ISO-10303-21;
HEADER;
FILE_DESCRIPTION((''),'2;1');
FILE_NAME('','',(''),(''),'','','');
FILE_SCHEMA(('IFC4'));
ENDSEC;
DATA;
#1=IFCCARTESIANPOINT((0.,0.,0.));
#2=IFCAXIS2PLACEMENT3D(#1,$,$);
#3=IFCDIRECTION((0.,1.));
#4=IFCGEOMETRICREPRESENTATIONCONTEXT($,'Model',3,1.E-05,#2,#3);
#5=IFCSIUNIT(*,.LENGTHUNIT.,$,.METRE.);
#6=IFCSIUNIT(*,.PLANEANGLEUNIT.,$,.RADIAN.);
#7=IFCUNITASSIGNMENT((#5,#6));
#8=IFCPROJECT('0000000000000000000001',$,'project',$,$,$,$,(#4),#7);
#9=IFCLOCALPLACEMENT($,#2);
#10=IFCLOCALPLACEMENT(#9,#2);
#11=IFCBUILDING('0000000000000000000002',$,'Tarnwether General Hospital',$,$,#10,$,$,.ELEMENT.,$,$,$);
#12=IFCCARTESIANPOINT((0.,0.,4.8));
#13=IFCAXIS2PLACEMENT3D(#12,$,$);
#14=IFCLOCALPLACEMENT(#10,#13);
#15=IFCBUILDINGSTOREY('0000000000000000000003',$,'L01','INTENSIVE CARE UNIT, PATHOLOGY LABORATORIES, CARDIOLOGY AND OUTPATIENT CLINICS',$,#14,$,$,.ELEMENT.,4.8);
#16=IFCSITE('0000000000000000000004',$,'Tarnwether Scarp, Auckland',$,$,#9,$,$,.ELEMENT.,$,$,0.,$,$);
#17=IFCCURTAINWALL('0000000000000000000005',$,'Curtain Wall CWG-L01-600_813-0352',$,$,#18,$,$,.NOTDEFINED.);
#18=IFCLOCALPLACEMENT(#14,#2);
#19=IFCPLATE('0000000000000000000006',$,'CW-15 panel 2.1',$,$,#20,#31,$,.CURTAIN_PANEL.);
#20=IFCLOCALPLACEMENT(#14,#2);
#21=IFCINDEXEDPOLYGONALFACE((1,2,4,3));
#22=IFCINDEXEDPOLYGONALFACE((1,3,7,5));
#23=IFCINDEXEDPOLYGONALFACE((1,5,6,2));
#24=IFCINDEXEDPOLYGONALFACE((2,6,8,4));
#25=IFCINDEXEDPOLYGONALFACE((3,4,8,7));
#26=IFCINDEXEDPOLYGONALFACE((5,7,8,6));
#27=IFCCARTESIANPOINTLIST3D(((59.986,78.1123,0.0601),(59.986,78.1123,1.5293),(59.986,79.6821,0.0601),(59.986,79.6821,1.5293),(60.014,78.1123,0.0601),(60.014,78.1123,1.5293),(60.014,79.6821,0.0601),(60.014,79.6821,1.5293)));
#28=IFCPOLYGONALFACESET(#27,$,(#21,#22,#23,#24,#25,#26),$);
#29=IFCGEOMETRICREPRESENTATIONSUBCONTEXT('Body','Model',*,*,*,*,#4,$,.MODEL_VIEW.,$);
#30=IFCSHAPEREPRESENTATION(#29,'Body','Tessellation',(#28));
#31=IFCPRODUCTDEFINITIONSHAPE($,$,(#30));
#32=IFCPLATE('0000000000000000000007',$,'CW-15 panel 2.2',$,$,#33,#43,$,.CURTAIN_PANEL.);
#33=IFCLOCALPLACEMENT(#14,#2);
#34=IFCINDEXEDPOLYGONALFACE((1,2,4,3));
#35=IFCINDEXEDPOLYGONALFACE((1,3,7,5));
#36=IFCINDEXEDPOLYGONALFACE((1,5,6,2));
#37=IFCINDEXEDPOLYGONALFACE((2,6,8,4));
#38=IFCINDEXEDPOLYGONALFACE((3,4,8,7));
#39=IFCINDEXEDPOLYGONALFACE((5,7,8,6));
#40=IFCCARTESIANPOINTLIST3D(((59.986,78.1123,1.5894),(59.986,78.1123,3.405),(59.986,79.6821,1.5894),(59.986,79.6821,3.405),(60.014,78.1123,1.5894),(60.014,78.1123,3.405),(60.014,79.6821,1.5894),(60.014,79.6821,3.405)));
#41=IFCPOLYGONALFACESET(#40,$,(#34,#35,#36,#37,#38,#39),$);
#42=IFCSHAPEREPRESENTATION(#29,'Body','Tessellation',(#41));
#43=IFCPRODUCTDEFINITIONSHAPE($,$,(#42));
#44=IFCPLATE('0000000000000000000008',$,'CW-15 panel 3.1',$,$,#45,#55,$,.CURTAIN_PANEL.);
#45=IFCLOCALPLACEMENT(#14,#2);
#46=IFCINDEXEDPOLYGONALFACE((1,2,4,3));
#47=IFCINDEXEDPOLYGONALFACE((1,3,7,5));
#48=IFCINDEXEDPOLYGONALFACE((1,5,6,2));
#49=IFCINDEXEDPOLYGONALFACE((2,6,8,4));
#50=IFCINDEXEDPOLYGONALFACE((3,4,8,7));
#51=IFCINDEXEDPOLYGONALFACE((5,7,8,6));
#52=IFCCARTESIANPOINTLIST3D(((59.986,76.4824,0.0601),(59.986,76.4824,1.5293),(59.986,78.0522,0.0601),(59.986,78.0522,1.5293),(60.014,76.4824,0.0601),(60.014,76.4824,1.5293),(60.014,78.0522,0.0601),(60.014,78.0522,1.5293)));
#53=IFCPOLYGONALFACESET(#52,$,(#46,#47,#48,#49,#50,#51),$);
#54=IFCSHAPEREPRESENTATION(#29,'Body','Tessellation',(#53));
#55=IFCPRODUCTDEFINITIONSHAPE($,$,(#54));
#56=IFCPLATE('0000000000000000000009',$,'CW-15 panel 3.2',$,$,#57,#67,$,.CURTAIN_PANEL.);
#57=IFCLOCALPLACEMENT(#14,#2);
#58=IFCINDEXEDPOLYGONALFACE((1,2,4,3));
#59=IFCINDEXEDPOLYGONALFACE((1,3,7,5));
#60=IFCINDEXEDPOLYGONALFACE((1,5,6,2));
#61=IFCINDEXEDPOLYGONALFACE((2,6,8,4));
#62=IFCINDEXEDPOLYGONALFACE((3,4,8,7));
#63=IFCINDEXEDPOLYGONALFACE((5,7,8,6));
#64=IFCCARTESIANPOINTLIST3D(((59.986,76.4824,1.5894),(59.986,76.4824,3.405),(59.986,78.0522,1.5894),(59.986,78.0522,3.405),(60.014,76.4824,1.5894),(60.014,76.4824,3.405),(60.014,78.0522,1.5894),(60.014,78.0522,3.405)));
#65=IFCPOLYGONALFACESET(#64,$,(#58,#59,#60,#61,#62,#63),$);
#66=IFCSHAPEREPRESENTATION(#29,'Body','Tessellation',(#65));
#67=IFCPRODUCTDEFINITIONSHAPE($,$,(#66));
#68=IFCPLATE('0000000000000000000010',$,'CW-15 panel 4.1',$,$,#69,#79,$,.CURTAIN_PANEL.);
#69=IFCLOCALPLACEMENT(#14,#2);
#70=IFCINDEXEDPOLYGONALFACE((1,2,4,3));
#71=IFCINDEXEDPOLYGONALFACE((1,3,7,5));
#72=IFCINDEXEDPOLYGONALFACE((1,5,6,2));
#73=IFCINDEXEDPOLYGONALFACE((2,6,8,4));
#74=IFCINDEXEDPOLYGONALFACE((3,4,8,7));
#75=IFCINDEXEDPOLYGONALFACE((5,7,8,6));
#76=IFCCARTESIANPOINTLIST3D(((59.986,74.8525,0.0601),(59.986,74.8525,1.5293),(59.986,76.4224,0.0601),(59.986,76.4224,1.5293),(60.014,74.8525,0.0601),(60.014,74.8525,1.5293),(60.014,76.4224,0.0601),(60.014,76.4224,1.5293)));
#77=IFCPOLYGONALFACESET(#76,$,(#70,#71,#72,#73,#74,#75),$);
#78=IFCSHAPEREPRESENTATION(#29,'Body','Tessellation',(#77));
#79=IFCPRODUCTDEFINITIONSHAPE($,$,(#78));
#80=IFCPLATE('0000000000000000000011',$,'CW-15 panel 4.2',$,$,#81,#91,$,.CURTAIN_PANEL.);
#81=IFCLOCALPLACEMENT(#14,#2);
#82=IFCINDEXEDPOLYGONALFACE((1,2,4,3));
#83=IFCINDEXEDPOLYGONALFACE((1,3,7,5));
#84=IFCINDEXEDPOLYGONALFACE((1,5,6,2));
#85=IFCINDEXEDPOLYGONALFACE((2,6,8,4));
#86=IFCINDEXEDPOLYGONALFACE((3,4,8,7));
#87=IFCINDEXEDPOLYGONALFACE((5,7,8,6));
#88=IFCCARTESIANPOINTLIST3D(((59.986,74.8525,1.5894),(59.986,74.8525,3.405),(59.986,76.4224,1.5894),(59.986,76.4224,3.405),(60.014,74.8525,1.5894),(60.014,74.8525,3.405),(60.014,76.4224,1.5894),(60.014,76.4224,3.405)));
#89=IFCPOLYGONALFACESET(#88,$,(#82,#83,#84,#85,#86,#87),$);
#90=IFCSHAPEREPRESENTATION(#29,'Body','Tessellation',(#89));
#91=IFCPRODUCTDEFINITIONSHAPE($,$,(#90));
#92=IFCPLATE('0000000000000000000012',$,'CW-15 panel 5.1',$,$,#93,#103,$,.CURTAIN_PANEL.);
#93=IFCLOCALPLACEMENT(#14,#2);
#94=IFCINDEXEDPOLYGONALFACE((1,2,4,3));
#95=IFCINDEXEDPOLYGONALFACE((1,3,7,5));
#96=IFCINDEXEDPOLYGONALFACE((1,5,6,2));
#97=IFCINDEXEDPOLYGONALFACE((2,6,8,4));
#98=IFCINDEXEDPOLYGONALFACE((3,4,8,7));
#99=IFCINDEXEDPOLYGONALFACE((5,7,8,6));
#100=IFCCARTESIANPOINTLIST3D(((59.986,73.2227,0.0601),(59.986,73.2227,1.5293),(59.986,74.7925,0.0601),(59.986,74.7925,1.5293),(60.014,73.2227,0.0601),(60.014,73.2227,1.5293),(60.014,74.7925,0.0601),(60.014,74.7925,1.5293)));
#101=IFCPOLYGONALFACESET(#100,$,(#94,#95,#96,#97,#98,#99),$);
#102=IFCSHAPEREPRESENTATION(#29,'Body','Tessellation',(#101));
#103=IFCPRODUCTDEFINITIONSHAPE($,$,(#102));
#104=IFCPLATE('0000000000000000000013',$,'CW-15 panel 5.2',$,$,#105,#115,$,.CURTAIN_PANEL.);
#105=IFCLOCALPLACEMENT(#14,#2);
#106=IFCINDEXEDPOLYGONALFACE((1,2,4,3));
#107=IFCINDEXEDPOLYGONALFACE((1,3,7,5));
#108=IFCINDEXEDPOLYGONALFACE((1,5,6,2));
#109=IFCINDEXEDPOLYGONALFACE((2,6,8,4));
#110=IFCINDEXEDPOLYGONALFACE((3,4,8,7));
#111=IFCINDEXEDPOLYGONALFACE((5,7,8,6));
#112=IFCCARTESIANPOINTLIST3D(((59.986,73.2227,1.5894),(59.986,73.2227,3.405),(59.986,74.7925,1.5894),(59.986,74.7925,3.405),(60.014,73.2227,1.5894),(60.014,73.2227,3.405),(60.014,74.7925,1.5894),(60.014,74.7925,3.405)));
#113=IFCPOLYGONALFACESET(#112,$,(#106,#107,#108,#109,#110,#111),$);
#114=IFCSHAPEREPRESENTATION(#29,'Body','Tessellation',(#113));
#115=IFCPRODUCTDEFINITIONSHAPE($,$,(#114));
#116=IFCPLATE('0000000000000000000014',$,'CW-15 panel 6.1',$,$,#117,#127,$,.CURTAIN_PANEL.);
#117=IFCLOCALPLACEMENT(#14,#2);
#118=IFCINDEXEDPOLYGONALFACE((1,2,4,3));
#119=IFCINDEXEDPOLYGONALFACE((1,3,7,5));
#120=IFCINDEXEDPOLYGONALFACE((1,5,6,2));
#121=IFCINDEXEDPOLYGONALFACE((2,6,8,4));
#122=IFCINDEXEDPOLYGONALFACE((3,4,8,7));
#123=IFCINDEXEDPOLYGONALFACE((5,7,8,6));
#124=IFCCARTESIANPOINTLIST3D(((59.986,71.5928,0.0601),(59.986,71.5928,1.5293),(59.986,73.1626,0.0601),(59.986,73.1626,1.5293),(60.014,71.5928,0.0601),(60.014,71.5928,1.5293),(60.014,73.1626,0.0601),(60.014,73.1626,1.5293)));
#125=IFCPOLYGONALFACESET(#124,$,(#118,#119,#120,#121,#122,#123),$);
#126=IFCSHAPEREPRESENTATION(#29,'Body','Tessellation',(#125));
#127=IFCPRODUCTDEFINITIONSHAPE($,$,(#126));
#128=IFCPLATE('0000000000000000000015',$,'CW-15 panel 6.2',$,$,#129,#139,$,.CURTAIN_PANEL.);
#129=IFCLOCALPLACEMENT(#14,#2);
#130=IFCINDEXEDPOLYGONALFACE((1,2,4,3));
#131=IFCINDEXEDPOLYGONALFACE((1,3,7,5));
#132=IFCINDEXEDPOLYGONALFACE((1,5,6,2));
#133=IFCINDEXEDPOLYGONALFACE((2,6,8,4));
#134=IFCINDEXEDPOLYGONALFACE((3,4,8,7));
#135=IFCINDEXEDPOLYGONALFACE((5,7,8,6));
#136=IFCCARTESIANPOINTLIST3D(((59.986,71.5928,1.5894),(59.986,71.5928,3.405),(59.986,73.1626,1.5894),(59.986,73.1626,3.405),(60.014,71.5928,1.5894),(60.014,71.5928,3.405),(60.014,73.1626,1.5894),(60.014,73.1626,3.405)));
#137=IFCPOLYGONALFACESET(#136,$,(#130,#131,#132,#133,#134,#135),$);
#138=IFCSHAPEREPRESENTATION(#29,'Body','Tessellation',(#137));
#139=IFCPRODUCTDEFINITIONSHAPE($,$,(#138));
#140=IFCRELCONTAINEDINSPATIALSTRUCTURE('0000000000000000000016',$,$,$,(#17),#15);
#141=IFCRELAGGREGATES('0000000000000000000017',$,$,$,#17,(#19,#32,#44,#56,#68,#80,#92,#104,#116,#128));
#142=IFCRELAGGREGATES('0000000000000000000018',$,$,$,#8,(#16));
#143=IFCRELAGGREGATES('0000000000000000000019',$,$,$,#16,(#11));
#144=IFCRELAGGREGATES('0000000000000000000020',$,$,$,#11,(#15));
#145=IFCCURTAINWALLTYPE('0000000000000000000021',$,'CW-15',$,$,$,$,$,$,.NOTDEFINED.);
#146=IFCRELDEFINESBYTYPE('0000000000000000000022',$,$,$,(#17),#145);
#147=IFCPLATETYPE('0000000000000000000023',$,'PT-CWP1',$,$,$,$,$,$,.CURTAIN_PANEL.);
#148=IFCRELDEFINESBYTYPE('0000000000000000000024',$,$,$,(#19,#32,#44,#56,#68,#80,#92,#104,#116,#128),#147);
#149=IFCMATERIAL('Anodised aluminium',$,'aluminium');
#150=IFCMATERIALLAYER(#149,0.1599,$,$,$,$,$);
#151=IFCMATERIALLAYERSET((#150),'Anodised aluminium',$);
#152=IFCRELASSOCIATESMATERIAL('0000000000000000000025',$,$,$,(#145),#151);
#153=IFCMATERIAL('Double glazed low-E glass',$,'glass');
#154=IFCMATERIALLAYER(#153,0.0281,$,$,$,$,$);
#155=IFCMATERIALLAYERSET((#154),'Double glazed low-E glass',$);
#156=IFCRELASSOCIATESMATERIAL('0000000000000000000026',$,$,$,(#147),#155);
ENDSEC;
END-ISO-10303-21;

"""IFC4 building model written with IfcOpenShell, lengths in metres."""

from ifc_helpers import new_model, si_unit, direction, frame, origin, origin_2d, place, context, subcontext, project, spatial, rectangle, extrude, material, layer, layer_set, type_object, element, aggregate, save


model = new_model("IFC4")

# Units and contexts
model_context = context("Model", 3, precision=1e-05, world=origin(), true_north=direction((0.0, 1.0)))
body_context = subcontext(model_context, "Body", "Model", "MODEL_VIEW")
ifc_project = project(units=[si_unit("LENGTHUNIT", "METRE"), si_unit("PLANEANGLEUNIT", "RADIAN")], contexts=[model_context])

# Site, building, storey
site_placement = place(None, origin())
site = spatial("IfcSite", under=ifc_project, at=site_placement, Name="Tarnwether Scarp, Auckland", CompositionType="ELEMENT", RefElevation=0.0)
building_placement = place(site_placement, origin())
building = spatial("IfcBuilding", under=site, at=building_placement, Name="Tarnwether General Hospital", CompositionType="ELEMENT")
storey_placement = place(building_placement, frame((0.0, 0.0, 4.8)))
storey = spatial("IfcBuildingStorey", under=building, at=storey_placement, Name="L01", Description="INTENSIVE CARE UNIT, PATHOLOGY LABORATORIES, CARDIOLOGY AND OUTPATIENT CLINICS", CompositionType="ELEMENT", Elevation=4.8)

# Curtain wall, plates
ifc_material_1 = material(Name="Anodised aluminium", Category="aluminium")
ifc_layer_1 = layer(ifc_material_1, 0.1599)
ifc_layer_set_1 = layer_set([ifc_layer_1], Name="Anodised aluminium")
curtain_wall_type = type_object("IfcCurtainWallType", Name="CW-15", PredefinedType="NOTDEFINED", material=ifc_layer_set_1)
curtain_wall_placement = place(storey_placement, origin())
curtain_wall = element("IfcCurtainWall", 1, at=curtain_wall_placement, inside=storey, type_object=curtain_wall_type, Name="Curtain Wall CWG-L01-600_813-0352", PredefinedType="NOTDEFINED")
ifc_material_2 = material(Name="Double glazed low-E glass", Category="glass")
ifc_layer_2 = layer(ifc_material_2, 0.0281)
ifc_layer_set_2 = layer_set([ifc_layer_2], Name="Double glazed low-E glass")
plate_type = type_object("IfcPlateType", Name="PT-CWP1", PredefinedType="CURTAIN_PANEL", material=ifc_layer_set_2)
plate_1_placement = place(storey_placement, frame((60.0, 78.8972, 0.0601), z_axis=(0.0, 0.0, 1.0), x_axis=(0.0, -1.0, 0.0)))
plate_1 = element("IfcPlate", 2, at=plate_1_placement, type_object=plate_type, Name="CW-15 panel 2.1", PredefinedType="CURTAIN_PANEL", context=body_context, shape_type="SweptSolid", body=[
    extrude(rectangle(XDim=1.5698, YDim=0.0281, at=origin_2d()), origin(), (0.0, 0.0, 1.0), 1.4692),
])
plate_2_placement = place(storey_placement, frame((60.0, 78.8972, 1.5894), z_axis=(0.0, 0.0, 1.0), x_axis=(0.0, -1.0, 0.0)))
plate_2 = element("IfcPlate", 3, at=plate_2_placement, type_object=plate_type, Name="CW-15 panel 2.2", PredefinedType="CURTAIN_PANEL", context=body_context, shape_type="SweptSolid", body=[
    extrude(rectangle(XDim=1.5698, YDim=0.0281, at=origin_2d()), origin(), (0.0, 0.0, 1.0), 1.8157),
])
plate_3_placement = place(storey_placement, frame((60.0, 77.2673, 0.0601), z_axis=(0.0, 0.0, 1.0), x_axis=(0.0, -1.0, 0.0)))
plate_3 = element("IfcPlate", 4, at=plate_3_placement, type_object=plate_type, Name="CW-15 panel 3.1", PredefinedType="CURTAIN_PANEL", context=body_context, shape_type="SweptSolid", body=[
    extrude(rectangle(XDim=1.5698, YDim=0.0281, at=origin_2d()), origin(), (0.0, 0.0, 1.0), 1.4692),
])
plate_4_placement = place(storey_placement, frame((60.0, 77.2673, 1.5894), z_axis=(0.0, 0.0, 1.0), x_axis=(0.0, -1.0, 0.0)))
plate_4 = element("IfcPlate", 5, at=plate_4_placement, type_object=plate_type, Name="CW-15 panel 3.2", PredefinedType="CURTAIN_PANEL", context=body_context, shape_type="SweptSolid", body=[
    extrude(rectangle(XDim=1.5698, YDim=0.0281, at=origin_2d()), origin(), (0.0, 0.0, 1.0), 1.8157),
])
plate_5_placement = place(storey_placement, frame((60.0, 75.6375, 0.0601), z_axis=(0.0, 0.0, 1.0), x_axis=(0.0, -1.0, 0.0)))
plate_5 = element("IfcPlate", 6, at=plate_5_placement, type_object=plate_type, Name="CW-15 panel 4.1", PredefinedType="CURTAIN_PANEL", context=body_context, shape_type="SweptSolid", body=[
    extrude(rectangle(XDim=1.5698, YDim=0.0281, at=origin_2d()), origin(), (0.0, 0.0, 1.0), 1.4692),
])
plate_6_placement = place(storey_placement, frame((60.0, 75.6375, 1.5894), z_axis=(0.0, 0.0, 1.0), x_axis=(0.0, -1.0, 0.0)))
plate_6 = element("IfcPlate", 7, at=plate_6_placement, type_object=plate_type, Name="CW-15 panel 4.2", PredefinedType="CURTAIN_PANEL", context=body_context, shape_type="SweptSolid", body=[
    extrude(rectangle(XDim=1.5698, YDim=0.0281, at=origin_2d()), origin(), (0.0, 0.0, 1.0), 1.8157),
])
plate_7_placement = place(storey_placement, frame((60.0, 74.0076, 0.0601), z_axis=(0.0, 0.0, 1.0), x_axis=(0.0, -1.0, 0.0)))
plate_7 = element("IfcPlate", 8, at=plate_7_placement, type_object=plate_type, Name="CW-15 panel 5.1", PredefinedType="CURTAIN_PANEL", context=body_context, shape_type="SweptSolid", body=[
    extrude(rectangle(XDim=1.5698, YDim=0.0281, at=origin_2d()), origin(), (0.0, 0.0, 1.0), 1.4692),
])
plate_8_placement = place(storey_placement, frame((60.0, 74.0076, 1.5894), z_axis=(0.0, 0.0, 1.0), x_axis=(0.0, -1.0, 0.0)))
plate_8 = element("IfcPlate", 9, at=plate_8_placement, type_object=plate_type, Name="CW-15 panel 5.2", PredefinedType="CURTAIN_PANEL", context=body_context, shape_type="SweptSolid", body=[
    extrude(rectangle(XDim=1.5698, YDim=0.0281, at=origin_2d()), origin(), (0.0, 0.0, 1.0), 1.8157),
])
plate_9_placement = place(storey_placement, frame((60.0, 72.3777, 0.0601), z_axis=(0.0, 0.0, 1.0), x_axis=(0.0, -1.0, 0.0)))
plate_9 = element("IfcPlate", 10, at=plate_9_placement, type_object=plate_type, Name="CW-15 panel 6.1", PredefinedType="CURTAIN_PANEL", context=body_context, shape_type="SweptSolid", body=[
    extrude(rectangle(XDim=1.5698, YDim=0.0281, at=origin_2d()), origin(), (0.0, 0.0, 1.0), 1.4692),
])
plate_10_placement = place(storey_placement, frame((60.0, 72.3777, 1.5894), z_axis=(0.0, 0.0, 1.0), x_axis=(0.0, -1.0, 0.0)))
plate_10 = element("IfcPlate", 11, at=plate_10_placement, type_object=plate_type, Name="CW-15 panel 6.2", PredefinedType="CURTAIN_PANEL", context=body_context, shape_type="SweptSolid", body=[
    extrude(rectangle(XDim=1.5698, YDim=0.0281, at=origin_2d()), origin(), (0.0, 0.0, 1.0), 1.8157),
])
aggregate(curtain_wall, [plate_1, plate_2, plate_3, plate_4, plate_5, plate_6, plate_7, plate_8, plate_9, plate_10])

save(model, "model.ifc")
